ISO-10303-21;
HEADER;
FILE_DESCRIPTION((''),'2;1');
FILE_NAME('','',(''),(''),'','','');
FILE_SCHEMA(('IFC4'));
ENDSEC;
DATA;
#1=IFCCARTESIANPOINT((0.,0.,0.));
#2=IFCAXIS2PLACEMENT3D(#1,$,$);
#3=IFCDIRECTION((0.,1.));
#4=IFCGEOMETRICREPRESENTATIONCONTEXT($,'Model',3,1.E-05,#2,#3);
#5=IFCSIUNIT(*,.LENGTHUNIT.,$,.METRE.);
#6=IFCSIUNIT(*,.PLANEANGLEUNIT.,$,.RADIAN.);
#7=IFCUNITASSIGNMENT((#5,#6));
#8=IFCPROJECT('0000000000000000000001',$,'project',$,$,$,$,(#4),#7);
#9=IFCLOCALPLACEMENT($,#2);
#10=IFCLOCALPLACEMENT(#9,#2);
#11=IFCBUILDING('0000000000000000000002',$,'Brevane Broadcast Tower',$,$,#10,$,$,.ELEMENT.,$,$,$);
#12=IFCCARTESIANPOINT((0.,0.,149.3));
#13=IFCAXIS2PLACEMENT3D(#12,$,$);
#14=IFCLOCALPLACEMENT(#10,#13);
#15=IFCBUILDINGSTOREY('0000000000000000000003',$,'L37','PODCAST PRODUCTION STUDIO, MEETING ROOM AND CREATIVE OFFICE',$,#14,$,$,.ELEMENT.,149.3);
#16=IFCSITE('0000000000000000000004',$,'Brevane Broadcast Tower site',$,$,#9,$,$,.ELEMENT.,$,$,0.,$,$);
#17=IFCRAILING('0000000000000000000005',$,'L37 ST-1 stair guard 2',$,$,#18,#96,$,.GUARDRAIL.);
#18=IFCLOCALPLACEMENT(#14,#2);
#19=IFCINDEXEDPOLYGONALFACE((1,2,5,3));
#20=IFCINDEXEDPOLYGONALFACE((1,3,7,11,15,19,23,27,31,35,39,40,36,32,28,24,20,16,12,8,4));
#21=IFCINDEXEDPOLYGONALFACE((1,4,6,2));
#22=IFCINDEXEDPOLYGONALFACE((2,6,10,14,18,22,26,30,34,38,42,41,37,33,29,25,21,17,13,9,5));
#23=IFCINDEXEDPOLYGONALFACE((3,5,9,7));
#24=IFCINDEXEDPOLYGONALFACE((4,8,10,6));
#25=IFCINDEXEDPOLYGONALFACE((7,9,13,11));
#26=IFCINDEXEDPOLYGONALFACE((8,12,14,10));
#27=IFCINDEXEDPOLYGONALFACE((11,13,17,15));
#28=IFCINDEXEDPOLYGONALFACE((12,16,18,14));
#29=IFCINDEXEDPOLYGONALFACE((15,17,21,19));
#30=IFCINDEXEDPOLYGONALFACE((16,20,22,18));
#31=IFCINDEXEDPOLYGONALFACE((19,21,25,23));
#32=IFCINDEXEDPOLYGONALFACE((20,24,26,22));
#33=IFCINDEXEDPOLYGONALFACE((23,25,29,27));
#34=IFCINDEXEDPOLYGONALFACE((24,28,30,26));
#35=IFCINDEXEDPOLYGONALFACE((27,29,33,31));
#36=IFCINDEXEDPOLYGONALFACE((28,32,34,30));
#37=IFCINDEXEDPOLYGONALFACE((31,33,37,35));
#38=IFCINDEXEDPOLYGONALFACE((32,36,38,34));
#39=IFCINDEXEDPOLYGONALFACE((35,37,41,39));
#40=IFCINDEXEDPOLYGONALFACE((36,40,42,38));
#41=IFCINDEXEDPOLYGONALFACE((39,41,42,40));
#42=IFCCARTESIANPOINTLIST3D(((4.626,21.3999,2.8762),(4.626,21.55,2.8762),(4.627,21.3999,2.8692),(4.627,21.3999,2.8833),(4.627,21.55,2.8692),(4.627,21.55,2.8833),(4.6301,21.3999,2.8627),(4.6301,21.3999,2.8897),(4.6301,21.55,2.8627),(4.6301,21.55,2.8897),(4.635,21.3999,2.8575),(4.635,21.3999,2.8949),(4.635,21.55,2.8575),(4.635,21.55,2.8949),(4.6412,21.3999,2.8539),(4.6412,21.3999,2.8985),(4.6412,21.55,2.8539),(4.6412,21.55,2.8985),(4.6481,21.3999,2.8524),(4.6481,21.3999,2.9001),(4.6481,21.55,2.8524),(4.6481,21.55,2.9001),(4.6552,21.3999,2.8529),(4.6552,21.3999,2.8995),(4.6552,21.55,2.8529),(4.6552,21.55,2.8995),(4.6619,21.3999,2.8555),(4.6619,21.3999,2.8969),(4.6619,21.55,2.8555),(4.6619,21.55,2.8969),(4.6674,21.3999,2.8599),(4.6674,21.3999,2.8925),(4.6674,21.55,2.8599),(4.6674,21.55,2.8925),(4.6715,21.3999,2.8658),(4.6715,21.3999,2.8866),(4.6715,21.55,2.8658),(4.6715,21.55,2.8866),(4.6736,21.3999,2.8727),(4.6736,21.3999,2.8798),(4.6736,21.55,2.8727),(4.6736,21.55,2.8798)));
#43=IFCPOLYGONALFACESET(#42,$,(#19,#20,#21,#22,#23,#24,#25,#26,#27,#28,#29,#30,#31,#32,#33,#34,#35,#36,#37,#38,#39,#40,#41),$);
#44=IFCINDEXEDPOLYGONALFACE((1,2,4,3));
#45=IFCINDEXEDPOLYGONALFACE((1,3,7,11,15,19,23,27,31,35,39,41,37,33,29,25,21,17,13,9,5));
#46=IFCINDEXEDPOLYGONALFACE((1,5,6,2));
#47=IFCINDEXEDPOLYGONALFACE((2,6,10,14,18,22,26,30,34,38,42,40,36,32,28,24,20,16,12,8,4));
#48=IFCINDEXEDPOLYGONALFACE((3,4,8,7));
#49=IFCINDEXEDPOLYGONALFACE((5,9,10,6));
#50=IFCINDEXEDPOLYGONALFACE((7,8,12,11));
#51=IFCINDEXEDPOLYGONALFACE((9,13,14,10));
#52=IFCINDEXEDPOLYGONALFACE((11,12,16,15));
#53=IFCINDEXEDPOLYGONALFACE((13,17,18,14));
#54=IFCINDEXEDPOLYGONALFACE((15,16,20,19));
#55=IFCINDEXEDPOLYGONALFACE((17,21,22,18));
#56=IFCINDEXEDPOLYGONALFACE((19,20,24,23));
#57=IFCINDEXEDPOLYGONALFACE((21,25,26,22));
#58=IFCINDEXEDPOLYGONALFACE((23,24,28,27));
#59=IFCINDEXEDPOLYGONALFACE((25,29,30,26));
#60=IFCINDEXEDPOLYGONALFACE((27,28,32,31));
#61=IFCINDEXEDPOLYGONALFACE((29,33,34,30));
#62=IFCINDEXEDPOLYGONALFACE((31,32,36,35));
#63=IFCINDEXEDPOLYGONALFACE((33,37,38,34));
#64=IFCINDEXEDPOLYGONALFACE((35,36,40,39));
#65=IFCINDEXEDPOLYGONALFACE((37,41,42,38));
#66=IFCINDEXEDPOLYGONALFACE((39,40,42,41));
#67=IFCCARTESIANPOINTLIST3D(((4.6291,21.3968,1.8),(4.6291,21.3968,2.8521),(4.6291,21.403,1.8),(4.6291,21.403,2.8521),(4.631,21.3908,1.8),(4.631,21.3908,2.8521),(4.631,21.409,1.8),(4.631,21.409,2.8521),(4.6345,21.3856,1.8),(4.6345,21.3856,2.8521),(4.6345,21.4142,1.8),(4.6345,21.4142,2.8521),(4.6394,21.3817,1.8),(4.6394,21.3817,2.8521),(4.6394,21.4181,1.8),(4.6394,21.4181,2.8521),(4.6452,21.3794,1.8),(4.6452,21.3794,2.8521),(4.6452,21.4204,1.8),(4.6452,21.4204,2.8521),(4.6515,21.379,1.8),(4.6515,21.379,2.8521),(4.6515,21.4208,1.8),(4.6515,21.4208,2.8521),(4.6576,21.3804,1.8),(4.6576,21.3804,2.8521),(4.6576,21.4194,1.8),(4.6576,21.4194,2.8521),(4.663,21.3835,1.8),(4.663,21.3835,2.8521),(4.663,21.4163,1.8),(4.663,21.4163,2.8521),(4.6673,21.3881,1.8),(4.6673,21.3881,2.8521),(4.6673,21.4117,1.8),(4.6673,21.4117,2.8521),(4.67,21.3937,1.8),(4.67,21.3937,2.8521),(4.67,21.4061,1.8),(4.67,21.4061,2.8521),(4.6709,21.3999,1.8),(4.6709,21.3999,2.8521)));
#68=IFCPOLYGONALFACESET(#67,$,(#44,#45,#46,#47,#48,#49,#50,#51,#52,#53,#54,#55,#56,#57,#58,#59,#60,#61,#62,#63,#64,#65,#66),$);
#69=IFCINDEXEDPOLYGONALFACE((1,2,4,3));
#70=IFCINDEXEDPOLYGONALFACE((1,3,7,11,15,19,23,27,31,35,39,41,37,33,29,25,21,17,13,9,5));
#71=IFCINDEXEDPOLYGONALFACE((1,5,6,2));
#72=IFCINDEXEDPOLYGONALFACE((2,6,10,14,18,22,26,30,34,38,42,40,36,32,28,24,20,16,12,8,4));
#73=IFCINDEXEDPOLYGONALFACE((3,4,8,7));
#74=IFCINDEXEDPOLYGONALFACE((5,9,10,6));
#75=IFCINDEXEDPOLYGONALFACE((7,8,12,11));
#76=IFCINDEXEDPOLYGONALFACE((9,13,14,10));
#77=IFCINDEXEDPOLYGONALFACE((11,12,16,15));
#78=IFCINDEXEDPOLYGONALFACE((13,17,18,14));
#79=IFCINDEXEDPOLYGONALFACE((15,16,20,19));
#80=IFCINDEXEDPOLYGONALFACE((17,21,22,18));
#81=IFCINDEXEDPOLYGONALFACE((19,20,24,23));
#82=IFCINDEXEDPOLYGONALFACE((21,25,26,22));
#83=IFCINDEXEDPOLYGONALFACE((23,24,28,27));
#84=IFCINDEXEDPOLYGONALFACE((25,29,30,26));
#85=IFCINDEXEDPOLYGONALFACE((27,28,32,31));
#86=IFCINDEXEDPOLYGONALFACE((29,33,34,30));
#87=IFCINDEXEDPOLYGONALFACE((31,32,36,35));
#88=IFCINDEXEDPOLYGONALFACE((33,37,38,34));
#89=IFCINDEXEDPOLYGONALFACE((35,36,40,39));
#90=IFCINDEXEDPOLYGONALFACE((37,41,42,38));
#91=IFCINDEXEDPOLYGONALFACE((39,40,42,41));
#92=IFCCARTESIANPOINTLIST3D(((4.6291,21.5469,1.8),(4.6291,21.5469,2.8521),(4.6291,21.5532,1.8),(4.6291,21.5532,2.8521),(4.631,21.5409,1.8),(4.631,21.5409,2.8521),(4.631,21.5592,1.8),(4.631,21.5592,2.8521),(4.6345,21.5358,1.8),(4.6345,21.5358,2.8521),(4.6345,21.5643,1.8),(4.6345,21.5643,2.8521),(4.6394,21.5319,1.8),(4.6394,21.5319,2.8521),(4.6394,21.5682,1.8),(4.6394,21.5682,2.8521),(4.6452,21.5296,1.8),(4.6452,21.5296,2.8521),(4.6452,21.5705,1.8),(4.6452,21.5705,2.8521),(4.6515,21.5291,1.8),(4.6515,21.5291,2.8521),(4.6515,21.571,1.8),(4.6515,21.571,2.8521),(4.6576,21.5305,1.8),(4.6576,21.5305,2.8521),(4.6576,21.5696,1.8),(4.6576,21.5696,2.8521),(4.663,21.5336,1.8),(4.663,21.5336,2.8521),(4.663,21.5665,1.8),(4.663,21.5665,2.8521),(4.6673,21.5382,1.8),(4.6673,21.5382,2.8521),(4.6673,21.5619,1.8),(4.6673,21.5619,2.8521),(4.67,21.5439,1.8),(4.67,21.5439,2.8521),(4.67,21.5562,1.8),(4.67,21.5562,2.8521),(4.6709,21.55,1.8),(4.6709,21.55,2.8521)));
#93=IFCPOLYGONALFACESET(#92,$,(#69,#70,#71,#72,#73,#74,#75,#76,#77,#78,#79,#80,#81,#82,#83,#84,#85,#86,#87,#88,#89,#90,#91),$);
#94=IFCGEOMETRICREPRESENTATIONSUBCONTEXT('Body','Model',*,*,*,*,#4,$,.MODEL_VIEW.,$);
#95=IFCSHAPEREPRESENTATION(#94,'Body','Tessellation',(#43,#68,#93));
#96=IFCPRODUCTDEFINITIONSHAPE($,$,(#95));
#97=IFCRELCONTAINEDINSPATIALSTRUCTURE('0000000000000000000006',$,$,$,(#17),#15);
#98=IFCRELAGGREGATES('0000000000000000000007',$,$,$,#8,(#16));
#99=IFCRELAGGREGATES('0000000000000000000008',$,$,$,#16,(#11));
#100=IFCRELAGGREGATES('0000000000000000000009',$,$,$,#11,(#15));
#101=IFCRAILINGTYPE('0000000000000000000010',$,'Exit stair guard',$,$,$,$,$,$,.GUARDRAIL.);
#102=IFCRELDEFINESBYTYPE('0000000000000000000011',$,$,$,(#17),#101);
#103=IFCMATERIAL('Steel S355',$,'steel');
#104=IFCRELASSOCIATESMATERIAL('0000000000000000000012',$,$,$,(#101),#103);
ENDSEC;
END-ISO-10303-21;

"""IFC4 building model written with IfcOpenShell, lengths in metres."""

from ifc_helpers import new_model, si_unit, direction, frame, origin, origin_2d, place, context, subcontext, project, spatial, circle, extrude, material, type_object, element, save


model = new_model("IFC4")

# Units and contexts
model_context = context("Model", 3, precision=1e-05, world=origin(), true_north=direction((0.0, 1.0)))
body_context = subcontext(model_context, "Body", "Model", "MODEL_VIEW")
ifc_project = project(units=[si_unit("LENGTHUNIT", "METRE"), si_unit("PLANEANGLEUNIT", "RADIAN")], contexts=[model_context])

# Site, building, storey
site_placement = place(None, origin())
site = spatial("IfcSite", under=ifc_project, at=site_placement, Name="Brevane Broadcast Tower site", CompositionType="ELEMENT", RefElevation=0.0)
building_placement = place(site_placement, origin())
building = spatial("IfcBuilding", under=site, at=building_placement, Name="Brevane Broadcast Tower", CompositionType="ELEMENT")
storey_placement = place(building_placement, frame((0.0, 0.0, 149.3)))
storey = spatial("IfcBuildingStorey", under=building, at=storey_placement, Name="L37", Description="PODCAST PRODUCTION STUDIO, MEETING ROOM AND CREATIVE OFFICE", CompositionType="ELEMENT", Elevation=149.3)

# Railing
ifc_material_1 = material(Name="Steel S355", Category="steel")
railing_type_1 = type_object("IfcRailingType", Name="Exit stair guard", PredefinedType="GUARDRAIL", material=ifc_material_1)
railing_1_placement = place(storey_placement, frame((4.6499, 21.3999, 1.8)))
element("IfcRailing", 1, at=railing_1_placement, inside=storey, type_object=railing_type_1, Name="L37 ST-1 stair guard 2", PredefinedType="GUARDRAIL", context=body_context, shape_type="SweptSolid", body=[
    extrude(circle(Radius=0.0239, at=origin_2d()), frame((0.0, 0.0, 1.0762), z_axis=(0.0, 1.0, 0.0), x_axis=(-1.0, 0.0, 0.0)), (0.0, 0.0, 1.0), 0.1501),
    extrude(circle(Radius=0.021, at=origin_2d()), origin(), (0.0, 0.0, 1.0), 1.052),
    extrude(circle(Radius=0.021, at=origin_2d()), frame((0.0, 0.1501, 0.0)), (0.0, 0.0, 1.0), 1.052),
])

save(model, "model.ifc")
